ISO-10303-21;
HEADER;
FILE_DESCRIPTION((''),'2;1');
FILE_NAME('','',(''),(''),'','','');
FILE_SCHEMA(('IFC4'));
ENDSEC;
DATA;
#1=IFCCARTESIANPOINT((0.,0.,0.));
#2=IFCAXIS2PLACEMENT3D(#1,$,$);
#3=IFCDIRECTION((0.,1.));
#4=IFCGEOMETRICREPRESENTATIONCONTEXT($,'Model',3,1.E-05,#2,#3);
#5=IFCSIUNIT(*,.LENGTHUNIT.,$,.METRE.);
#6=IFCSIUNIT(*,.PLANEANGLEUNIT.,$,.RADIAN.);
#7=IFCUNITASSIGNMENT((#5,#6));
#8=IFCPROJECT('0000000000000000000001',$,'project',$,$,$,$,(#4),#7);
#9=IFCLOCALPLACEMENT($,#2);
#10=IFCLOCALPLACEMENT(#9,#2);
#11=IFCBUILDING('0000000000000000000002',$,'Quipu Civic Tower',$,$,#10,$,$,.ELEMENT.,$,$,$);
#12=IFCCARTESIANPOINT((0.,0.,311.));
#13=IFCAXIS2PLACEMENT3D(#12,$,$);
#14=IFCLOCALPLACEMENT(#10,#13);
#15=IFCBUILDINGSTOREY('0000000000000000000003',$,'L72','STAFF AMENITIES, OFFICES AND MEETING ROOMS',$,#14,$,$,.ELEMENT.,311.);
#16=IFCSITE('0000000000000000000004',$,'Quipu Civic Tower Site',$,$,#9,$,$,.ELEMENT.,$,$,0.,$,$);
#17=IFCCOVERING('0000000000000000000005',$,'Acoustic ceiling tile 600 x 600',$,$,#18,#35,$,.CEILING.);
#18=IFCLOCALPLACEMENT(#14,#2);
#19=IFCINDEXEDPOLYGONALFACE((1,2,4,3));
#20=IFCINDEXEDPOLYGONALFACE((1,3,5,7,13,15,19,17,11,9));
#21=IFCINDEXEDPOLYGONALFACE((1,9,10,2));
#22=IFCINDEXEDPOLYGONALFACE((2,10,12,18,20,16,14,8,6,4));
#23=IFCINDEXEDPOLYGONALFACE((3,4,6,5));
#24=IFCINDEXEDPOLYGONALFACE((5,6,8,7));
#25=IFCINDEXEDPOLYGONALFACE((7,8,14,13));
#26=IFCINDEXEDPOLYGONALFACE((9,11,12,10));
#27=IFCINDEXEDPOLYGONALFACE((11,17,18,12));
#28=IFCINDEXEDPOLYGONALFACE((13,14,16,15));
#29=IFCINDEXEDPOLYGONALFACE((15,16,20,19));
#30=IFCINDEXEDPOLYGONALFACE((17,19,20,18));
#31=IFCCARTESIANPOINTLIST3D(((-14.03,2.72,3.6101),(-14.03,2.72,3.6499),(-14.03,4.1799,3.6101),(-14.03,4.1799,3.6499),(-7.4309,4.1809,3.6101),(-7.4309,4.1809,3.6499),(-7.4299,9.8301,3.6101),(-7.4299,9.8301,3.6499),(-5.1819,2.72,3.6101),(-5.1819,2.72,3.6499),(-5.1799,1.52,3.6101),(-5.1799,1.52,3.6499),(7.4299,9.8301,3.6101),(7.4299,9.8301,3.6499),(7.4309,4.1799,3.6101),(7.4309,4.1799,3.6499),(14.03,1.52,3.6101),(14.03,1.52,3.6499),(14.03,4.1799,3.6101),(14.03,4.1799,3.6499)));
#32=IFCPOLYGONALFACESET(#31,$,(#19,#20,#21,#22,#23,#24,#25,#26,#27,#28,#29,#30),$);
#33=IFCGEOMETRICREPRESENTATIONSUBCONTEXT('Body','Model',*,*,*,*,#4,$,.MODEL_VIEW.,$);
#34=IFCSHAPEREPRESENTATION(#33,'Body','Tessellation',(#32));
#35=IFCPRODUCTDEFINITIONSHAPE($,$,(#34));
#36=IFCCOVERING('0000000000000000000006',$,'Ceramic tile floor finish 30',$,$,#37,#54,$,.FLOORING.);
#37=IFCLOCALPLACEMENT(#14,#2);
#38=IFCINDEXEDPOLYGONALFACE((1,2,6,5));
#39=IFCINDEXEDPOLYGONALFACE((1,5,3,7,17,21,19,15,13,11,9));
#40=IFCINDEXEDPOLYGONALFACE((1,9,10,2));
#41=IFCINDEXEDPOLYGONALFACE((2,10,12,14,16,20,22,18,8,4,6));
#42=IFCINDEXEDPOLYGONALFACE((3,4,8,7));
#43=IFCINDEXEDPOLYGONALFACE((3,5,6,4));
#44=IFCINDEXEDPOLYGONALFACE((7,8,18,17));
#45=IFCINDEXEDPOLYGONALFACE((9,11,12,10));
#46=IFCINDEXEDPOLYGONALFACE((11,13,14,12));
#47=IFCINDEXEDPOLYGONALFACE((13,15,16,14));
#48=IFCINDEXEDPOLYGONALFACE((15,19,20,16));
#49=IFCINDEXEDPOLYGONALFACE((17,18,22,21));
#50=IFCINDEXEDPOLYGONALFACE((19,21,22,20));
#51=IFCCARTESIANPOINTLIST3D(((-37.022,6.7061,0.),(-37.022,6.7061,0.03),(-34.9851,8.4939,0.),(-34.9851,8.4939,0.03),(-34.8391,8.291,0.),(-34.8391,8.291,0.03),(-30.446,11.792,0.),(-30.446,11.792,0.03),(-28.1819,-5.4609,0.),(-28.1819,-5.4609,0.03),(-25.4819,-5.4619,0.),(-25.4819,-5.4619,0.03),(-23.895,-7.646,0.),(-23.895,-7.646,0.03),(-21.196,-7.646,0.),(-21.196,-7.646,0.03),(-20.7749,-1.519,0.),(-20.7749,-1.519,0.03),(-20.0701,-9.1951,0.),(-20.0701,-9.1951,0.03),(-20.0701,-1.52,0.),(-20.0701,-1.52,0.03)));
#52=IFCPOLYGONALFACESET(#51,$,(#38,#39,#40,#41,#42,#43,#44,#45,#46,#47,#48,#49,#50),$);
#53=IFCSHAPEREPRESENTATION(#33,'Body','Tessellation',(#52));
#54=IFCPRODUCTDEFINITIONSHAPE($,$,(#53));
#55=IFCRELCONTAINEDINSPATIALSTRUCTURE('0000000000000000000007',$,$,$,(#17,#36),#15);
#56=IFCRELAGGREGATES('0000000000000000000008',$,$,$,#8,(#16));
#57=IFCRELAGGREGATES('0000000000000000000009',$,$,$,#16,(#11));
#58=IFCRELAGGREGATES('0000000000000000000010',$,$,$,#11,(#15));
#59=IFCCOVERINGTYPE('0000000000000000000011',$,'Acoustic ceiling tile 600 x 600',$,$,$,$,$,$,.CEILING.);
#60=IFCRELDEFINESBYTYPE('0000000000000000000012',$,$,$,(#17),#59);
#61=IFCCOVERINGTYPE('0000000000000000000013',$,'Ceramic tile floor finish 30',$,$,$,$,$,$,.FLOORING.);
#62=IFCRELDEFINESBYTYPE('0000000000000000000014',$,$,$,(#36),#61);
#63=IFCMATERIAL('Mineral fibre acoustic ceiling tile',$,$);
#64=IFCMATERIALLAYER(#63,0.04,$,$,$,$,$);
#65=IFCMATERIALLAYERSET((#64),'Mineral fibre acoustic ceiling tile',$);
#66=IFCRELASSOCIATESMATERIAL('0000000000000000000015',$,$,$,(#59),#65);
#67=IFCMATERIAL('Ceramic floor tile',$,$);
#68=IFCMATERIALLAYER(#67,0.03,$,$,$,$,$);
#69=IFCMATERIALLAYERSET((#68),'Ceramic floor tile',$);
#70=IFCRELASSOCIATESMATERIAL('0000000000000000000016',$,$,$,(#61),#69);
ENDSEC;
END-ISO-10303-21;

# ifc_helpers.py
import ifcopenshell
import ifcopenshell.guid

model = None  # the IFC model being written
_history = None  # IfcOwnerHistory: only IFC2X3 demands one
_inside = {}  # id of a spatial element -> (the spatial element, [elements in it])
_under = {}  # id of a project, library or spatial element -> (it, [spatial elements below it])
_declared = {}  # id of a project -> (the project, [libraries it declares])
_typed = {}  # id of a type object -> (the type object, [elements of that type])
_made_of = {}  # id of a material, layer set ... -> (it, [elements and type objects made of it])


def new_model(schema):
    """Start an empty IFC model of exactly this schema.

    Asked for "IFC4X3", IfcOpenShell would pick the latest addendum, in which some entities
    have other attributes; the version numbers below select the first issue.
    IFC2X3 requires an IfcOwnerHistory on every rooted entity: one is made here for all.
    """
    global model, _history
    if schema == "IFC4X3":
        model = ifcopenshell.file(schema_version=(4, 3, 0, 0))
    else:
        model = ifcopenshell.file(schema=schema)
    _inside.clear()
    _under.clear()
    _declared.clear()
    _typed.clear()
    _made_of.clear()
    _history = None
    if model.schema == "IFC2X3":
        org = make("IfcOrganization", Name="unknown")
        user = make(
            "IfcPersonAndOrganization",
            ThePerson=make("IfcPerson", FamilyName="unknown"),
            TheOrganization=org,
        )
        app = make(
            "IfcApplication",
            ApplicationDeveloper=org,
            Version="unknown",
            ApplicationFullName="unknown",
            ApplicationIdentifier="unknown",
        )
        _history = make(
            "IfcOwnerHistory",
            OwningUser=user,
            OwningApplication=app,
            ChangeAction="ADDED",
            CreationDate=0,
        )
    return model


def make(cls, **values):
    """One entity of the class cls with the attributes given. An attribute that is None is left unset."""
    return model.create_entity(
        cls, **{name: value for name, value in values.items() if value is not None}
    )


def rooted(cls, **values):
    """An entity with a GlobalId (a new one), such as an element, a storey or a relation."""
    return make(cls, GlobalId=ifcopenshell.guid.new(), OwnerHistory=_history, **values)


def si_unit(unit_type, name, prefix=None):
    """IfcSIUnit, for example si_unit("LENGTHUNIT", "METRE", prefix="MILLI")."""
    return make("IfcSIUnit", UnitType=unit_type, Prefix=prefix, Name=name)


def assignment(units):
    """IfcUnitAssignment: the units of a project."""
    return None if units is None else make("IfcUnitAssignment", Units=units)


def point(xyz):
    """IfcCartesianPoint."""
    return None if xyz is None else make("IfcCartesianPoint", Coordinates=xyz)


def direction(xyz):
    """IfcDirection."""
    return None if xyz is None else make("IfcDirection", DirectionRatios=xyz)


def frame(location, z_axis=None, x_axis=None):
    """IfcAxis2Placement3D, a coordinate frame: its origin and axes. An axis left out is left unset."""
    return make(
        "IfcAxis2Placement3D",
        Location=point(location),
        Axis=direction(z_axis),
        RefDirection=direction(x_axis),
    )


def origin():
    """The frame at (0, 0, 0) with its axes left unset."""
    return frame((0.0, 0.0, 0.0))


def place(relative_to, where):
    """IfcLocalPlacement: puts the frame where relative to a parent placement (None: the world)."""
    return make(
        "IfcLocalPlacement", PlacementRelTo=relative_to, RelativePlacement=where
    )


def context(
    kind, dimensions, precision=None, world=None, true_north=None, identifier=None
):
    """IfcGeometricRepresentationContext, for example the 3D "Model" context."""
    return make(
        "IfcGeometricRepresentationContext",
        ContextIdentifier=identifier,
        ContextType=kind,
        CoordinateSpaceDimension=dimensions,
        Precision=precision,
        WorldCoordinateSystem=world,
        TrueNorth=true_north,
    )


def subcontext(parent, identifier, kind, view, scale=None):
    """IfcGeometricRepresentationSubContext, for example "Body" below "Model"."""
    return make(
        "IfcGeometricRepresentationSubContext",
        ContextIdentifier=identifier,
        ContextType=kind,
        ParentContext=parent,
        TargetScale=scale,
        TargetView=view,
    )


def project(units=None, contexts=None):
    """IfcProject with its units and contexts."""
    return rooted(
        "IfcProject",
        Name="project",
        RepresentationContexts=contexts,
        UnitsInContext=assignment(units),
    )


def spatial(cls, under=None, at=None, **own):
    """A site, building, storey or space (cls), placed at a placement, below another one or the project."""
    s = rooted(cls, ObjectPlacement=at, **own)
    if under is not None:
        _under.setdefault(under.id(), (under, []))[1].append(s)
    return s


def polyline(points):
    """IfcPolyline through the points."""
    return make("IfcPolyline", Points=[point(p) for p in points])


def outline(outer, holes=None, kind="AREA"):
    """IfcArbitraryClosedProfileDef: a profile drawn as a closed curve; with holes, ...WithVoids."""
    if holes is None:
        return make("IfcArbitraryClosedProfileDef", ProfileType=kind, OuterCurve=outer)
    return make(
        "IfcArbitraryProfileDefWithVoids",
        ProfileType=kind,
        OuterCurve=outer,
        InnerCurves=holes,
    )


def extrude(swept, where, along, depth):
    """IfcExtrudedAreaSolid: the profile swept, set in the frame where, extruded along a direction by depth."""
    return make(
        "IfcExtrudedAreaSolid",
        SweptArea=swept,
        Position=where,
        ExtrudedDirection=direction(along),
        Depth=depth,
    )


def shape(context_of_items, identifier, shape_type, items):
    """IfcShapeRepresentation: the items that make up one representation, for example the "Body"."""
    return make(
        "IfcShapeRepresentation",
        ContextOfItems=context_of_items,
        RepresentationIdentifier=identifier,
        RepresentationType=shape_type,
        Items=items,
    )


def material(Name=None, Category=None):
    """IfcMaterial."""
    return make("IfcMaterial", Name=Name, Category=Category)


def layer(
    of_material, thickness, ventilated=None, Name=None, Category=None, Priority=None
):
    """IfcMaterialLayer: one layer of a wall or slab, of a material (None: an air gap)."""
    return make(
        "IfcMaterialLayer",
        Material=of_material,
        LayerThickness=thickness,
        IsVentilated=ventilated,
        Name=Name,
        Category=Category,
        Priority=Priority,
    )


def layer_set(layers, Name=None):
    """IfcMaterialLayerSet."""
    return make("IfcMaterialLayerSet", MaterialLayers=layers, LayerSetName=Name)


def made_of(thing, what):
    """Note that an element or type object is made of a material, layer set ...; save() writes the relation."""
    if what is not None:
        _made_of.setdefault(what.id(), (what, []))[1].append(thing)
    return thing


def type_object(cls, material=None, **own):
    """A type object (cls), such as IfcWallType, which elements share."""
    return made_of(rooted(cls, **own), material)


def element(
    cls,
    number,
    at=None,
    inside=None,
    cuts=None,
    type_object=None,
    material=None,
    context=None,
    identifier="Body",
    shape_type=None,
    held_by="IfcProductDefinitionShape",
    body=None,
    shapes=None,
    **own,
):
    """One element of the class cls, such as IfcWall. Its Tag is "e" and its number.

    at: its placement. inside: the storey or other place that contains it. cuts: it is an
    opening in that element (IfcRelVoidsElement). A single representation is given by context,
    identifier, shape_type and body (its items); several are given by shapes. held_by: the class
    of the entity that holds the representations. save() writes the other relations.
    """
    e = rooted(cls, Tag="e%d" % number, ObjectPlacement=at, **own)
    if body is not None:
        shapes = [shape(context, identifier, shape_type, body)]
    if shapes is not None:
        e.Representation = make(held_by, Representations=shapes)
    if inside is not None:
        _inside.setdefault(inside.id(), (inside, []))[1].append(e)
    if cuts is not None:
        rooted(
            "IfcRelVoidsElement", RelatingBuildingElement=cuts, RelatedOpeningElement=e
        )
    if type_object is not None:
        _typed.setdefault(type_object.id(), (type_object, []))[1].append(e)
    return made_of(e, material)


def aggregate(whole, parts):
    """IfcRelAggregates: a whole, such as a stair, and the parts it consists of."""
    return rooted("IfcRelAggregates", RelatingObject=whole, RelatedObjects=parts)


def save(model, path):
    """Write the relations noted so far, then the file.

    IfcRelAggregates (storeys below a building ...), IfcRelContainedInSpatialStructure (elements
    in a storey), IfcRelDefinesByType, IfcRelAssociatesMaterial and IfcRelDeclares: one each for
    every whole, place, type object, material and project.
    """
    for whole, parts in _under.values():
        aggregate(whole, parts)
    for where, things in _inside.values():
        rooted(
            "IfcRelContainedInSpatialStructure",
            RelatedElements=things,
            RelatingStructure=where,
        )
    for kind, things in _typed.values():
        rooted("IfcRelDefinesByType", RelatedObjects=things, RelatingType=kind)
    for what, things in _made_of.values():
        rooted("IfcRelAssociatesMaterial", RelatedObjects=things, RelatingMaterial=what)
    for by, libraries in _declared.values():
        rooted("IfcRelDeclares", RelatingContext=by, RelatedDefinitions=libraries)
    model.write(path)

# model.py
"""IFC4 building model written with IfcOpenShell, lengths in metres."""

from ifc_helpers import new_model, si_unit, direction, frame, origin, place, context, subcontext, project, spatial, polyline, outline, extrude, material, layer, layer_set, type_object, element, save


model = new_model("IFC4")

# Units and contexts
model_context = context("Model", 3, precision=1e-05, world=origin(), true_north=direction((0.0, 1.0)))
body_context = subcontext(model_context, "Body", "Model", "MODEL_VIEW")
ifc_project = project(units=[si_unit("LENGTHUNIT", "METRE"), si_unit("PLANEANGLEUNIT", "RADIAN")], contexts=[model_context])

# Site, building, storey
site_placement = place(None, origin())
site = spatial("IfcSite", under=ifc_project, at=site_placement, Name="Quipu Civic Tower Site", CompositionType="ELEMENT", RefElevation=0.0)
building_placement = place(site_placement, origin())
building = spatial("IfcBuilding", under=site, at=building_placement, Name="Quipu Civic Tower", CompositionType="ELEMENT")
storey_placement = place(building_placement, frame((0.0, 0.0, 311.0)))
storey = spatial("IfcBuildingStorey", under=building, at=storey_placement, Name="L72", Description="STAFF AMENITIES, OFFICES AND MEETING ROOMS", CompositionType="ELEMENT", Elevation=311.0)

# Coverings
ifc_material_1 = material(Name="Mineral fibre acoustic ceiling tile")
ifc_layer_1 = layer(ifc_material_1, 0.04)
ifc_layer_set_1 = layer_set([ifc_layer_1], Name="Mineral fibre acoustic ceiling tile")
covering_type_1 = type_object("IfcCoveringType", Name="Acoustic ceiling tile 600 x 600", PredefinedType="CEILING", material=ifc_layer_set_1)
covering_1_placement = place(storey_placement, frame((0.0, 0.0, 3.6101)))
element("IfcCovering", 1, at=covering_1_placement, inside=storey, type_object=covering_type_1, Name="Acoustic ceiling tile 600 x 600", PredefinedType="CEILING", context=body_context, shape_type="SweptSolid", body=[
    extrude(outline(polyline([(-14.03, 2.72), (-14.03, 4.1799), (-7.4309, 4.1809), (-7.4299, 9.8301), (7.4299, 9.8301), (7.4309, 4.1799), (14.03, 4.1799), (14.03, 1.52), (-5.1799, 1.52), (-5.1819, 2.72), (-14.03, 2.72)])), origin(), (0.0, 0.0, 1.0), 0.0398),
])
ifc_material_2 = material(Name="Ceramic floor tile")
ifc_layer_2 = layer(ifc_material_2, 0.03)
ifc_layer_set_2 = layer_set([ifc_layer_2], Name="Ceramic floor tile")
covering_type_2 = type_object("IfcCoveringType", Name="Ceramic tile floor finish 30", PredefinedType="FLOORING", material=ifc_layer_set_2)
covering_2_placement = place(storey_placement, origin())
element("IfcCovering", 2, at=covering_2_placement, inside=storey, type_object=covering_type_2, Name="Ceramic tile floor finish 30", PredefinedType="FLOORING", context=body_context, shape_type="SweptSolid", body=[
    extrude(outline(polyline([(-37.022, 6.7061), (-34.8391, 8.291), (-34.9851, 8.4939), (-30.446, 11.792), (-20.7749, -1.519), (-20.0701, -1.52), (-20.0701, -9.1951), (-21.196, -7.646), (-23.895, -7.646), (-25.4819, -5.4619), (-28.1819, -5.4609), (-37.022, 6.7061)])), origin(), (0.0, 0.0, 1.0), 0.03),
])

save(model, "model.ifc")
